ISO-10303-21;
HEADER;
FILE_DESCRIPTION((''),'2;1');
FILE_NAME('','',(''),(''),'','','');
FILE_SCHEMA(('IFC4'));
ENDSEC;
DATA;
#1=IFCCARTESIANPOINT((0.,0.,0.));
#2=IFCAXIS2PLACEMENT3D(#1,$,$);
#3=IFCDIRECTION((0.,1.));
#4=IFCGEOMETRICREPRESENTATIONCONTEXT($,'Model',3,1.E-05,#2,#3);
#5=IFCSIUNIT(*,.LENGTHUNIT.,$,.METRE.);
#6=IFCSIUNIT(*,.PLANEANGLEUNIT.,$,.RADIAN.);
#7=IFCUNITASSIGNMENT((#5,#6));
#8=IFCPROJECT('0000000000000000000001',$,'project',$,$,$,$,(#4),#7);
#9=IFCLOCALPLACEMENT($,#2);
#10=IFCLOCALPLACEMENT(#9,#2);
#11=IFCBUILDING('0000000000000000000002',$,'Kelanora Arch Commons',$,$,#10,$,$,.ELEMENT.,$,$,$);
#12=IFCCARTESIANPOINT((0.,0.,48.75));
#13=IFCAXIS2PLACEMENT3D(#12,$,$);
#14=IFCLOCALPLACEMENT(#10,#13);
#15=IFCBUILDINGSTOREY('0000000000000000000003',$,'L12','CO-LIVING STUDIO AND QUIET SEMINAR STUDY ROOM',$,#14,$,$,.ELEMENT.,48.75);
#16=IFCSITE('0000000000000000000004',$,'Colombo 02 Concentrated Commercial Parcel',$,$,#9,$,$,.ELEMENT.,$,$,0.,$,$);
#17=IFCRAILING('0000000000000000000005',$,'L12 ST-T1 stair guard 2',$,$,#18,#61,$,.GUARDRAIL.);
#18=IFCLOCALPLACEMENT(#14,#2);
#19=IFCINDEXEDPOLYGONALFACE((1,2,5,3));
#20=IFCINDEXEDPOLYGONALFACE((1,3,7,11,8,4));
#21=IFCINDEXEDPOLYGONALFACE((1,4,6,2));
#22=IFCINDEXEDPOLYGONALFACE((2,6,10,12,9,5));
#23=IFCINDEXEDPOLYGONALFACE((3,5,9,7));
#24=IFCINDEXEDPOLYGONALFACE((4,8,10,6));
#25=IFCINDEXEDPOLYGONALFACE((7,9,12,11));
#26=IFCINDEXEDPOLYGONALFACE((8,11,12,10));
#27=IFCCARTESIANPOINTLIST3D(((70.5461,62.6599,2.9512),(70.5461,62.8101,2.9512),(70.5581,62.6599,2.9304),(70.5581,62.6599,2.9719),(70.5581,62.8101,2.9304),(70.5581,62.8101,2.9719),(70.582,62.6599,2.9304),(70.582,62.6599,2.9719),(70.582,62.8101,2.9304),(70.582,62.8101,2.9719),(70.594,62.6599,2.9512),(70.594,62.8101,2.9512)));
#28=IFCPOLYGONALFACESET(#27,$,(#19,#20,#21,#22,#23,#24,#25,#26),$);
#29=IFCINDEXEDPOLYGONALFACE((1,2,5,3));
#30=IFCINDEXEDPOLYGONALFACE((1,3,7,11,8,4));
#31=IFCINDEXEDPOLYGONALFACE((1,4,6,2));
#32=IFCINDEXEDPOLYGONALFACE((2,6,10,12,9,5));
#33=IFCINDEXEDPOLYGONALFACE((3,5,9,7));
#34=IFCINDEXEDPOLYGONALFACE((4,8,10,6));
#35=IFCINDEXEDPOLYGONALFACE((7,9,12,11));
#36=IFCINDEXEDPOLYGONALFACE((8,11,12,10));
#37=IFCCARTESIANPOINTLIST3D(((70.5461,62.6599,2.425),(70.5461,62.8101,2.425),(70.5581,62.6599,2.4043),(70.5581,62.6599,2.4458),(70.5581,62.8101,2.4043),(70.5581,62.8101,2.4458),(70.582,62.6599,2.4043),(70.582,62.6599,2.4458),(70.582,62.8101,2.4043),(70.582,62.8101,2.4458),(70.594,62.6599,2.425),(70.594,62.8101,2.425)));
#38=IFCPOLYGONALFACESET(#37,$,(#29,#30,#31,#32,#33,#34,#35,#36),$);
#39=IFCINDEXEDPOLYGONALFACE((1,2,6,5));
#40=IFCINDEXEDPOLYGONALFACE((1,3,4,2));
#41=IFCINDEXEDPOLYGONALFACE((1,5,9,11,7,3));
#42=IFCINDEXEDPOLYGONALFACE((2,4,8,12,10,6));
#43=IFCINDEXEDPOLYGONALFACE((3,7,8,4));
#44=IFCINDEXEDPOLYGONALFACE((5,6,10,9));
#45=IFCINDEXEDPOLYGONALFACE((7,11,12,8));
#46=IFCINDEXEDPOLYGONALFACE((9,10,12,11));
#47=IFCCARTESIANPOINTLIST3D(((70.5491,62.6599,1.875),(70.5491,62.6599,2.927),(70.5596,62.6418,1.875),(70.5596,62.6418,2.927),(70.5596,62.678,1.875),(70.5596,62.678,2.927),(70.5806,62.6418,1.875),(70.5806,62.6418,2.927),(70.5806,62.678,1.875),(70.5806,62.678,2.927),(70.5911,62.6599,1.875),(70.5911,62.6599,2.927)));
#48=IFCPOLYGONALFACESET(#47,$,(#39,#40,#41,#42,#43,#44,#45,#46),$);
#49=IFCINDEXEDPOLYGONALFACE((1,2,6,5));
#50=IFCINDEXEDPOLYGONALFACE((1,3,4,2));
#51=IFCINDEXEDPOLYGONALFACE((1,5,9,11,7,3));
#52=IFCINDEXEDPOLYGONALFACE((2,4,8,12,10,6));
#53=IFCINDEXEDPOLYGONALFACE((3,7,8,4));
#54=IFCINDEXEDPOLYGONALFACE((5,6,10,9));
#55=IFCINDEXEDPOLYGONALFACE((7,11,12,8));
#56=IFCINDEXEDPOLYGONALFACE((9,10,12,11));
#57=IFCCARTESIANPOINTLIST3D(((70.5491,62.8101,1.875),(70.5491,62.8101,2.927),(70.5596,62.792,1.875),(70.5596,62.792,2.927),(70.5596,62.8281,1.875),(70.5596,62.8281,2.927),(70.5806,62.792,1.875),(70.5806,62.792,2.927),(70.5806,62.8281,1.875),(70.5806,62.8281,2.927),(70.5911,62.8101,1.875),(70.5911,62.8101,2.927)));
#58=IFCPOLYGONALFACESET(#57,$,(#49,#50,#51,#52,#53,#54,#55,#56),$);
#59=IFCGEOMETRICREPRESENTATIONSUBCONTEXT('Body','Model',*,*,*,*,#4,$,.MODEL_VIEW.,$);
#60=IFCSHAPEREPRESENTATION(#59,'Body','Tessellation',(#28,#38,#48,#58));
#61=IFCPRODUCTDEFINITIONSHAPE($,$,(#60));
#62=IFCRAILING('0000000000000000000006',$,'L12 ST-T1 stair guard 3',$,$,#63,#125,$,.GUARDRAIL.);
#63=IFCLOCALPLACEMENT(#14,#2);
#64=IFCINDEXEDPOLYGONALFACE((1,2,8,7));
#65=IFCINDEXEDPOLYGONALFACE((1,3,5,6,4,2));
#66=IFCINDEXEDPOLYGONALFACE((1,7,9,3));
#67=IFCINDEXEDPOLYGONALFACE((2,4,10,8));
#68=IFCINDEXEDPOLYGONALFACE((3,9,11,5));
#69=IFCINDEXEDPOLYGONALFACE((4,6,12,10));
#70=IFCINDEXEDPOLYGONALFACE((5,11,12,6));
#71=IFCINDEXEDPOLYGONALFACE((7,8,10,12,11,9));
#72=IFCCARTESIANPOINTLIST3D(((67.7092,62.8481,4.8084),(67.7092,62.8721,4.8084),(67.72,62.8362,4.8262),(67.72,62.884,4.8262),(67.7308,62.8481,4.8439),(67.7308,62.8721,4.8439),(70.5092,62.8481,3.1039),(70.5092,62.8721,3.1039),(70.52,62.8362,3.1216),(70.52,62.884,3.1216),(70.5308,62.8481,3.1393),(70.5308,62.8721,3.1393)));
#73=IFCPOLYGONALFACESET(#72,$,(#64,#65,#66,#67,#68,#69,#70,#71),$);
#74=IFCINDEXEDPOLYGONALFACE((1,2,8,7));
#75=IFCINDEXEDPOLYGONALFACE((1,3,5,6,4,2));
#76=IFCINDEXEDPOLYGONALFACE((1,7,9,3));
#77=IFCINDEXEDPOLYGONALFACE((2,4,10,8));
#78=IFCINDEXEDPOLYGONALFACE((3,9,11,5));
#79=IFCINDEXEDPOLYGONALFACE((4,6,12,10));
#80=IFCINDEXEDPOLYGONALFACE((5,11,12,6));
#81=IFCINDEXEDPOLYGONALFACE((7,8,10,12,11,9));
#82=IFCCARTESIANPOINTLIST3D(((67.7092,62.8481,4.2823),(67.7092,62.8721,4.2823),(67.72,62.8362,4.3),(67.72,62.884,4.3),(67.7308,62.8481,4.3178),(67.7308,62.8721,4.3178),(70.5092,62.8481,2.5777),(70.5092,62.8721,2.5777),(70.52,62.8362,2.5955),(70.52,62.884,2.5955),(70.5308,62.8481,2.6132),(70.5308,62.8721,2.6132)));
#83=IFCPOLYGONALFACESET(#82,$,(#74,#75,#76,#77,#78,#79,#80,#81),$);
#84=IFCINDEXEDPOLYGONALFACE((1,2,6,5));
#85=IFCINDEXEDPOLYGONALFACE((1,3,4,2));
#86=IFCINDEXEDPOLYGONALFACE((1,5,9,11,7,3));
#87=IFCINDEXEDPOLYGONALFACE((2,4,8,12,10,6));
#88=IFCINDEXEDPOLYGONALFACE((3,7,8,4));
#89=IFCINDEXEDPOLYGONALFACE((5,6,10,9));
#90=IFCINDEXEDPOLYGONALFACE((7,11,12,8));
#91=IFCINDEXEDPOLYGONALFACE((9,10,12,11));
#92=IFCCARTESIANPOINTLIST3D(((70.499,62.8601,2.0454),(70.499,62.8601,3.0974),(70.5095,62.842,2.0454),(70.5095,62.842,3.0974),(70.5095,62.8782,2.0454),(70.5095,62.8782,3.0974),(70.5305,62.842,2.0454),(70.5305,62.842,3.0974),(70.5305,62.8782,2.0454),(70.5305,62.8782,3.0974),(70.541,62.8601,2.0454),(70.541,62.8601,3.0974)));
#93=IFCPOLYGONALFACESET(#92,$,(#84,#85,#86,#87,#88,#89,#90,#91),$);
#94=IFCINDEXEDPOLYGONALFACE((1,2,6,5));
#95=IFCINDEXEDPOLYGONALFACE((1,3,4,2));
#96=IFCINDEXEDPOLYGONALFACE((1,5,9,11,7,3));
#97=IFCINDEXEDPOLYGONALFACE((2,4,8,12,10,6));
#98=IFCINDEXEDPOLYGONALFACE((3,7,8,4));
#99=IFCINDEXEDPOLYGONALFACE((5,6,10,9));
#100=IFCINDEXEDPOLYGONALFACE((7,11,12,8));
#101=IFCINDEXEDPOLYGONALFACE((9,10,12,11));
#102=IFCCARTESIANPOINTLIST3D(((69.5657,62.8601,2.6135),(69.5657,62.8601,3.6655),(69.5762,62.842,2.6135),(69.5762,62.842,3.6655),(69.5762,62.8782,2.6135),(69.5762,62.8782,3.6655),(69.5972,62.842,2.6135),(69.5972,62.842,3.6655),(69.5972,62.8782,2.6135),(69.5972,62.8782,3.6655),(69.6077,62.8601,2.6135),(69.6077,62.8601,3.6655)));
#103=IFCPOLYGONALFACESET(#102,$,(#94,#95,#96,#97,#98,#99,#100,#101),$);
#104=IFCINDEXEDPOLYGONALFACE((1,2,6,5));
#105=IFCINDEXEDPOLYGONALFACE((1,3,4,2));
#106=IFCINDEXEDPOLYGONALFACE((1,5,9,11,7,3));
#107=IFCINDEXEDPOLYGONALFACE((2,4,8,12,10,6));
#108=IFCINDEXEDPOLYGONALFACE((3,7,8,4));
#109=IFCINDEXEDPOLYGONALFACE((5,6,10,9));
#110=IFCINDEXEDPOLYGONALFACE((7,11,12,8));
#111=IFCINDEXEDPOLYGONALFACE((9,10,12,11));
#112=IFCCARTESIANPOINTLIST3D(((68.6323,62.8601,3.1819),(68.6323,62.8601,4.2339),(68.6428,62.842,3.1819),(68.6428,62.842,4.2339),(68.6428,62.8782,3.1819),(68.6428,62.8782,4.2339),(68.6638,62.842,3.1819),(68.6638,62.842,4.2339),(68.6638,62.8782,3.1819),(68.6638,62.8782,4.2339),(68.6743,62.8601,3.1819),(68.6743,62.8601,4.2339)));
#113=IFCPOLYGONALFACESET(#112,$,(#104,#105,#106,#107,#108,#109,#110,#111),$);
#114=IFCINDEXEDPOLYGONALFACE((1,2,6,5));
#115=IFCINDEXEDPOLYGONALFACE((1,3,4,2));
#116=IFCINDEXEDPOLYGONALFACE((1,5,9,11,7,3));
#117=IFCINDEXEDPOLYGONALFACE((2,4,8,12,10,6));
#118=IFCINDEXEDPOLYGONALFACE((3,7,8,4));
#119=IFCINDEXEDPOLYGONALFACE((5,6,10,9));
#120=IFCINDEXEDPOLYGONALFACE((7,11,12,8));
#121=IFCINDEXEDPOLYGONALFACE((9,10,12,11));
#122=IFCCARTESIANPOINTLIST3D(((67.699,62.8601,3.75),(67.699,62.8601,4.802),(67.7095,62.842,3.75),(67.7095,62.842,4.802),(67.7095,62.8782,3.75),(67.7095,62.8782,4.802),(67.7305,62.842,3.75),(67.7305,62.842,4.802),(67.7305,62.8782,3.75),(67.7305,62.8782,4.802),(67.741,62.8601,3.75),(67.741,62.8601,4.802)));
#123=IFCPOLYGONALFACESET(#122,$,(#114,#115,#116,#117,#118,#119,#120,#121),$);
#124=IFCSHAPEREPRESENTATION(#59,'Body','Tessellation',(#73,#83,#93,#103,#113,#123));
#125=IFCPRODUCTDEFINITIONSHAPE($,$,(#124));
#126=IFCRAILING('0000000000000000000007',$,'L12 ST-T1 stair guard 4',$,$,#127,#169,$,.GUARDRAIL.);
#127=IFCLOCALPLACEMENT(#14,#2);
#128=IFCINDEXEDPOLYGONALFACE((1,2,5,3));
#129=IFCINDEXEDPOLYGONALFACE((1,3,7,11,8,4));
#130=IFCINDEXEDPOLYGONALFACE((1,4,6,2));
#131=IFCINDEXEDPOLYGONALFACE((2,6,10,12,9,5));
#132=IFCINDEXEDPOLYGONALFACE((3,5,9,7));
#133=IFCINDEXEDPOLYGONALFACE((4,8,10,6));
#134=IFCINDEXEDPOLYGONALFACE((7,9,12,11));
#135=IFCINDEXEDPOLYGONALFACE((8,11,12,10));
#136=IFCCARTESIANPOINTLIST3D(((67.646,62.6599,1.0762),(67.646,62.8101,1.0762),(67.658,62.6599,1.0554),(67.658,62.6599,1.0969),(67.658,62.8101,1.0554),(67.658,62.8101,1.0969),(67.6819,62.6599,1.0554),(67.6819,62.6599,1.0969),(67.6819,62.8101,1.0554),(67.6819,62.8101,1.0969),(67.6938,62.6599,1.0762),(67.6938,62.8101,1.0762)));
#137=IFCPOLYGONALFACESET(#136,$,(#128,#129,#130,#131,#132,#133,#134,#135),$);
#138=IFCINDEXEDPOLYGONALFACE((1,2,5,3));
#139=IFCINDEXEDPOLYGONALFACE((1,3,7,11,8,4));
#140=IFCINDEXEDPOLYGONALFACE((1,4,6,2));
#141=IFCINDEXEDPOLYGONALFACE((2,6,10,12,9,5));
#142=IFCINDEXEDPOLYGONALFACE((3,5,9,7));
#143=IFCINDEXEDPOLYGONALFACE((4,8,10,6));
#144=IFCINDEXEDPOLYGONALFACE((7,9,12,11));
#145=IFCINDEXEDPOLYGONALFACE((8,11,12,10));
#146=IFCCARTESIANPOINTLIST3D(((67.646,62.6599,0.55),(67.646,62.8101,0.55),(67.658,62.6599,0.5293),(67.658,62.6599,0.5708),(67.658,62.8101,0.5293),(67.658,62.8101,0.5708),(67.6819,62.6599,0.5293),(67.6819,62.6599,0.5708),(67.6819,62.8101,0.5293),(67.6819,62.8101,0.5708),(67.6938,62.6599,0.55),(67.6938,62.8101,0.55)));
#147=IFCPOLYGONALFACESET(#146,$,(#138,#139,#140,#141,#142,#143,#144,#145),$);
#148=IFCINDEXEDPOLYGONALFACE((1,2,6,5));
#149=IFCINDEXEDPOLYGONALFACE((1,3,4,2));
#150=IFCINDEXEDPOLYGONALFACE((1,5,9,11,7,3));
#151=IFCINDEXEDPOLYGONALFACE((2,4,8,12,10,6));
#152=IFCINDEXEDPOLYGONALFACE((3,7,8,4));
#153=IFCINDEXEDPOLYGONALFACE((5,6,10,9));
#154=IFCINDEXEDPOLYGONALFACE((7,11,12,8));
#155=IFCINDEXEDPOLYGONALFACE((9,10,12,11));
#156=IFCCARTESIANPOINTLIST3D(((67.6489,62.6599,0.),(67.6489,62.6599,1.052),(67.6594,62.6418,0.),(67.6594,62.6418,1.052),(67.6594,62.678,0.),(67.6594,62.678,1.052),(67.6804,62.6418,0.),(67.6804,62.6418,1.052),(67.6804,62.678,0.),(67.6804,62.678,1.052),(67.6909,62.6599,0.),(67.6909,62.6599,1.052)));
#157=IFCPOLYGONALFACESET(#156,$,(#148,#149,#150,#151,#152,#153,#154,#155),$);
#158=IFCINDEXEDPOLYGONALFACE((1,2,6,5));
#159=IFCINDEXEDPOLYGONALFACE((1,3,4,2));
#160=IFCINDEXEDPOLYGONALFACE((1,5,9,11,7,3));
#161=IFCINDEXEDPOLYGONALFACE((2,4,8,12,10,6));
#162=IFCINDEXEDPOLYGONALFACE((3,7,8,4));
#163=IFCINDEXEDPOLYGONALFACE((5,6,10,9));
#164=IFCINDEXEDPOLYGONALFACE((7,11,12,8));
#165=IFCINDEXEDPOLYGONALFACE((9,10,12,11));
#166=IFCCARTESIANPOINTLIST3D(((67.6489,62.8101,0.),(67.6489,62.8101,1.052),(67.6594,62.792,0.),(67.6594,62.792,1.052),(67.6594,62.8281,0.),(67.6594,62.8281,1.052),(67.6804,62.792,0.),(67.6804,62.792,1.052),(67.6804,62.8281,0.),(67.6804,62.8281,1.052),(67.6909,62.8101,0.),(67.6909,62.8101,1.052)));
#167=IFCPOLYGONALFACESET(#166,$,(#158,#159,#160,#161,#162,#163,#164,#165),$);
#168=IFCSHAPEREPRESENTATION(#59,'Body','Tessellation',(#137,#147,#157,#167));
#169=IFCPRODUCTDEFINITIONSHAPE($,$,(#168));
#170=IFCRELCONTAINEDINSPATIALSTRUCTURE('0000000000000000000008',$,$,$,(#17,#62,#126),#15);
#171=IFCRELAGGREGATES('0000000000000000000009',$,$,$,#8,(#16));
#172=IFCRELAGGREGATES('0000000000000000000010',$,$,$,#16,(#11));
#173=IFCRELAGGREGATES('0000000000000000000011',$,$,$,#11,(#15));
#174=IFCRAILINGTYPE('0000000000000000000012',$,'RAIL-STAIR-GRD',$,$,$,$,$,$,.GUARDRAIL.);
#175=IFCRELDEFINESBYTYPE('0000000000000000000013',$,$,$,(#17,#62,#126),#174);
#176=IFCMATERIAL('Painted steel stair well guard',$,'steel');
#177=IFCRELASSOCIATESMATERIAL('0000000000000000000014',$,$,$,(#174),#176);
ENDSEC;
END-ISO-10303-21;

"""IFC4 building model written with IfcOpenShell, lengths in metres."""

from ifc_helpers import new_model, si_unit, direction, frame, origin, place, context, subcontext, project, spatial, polyline, outline, extrude, material, type_object, element, save


model = new_model("IFC4")

# Units and contexts
model_context = context("Model", 3, precision=1e-05, world=origin(), true_north=direction((0.0, 1.0)))
body_context = subcontext(model_context, "Body", "Model", "MODEL_VIEW")
ifc_project = project(units=[si_unit("LENGTHUNIT", "METRE"), si_unit("PLANEANGLEUNIT", "RADIAN")], contexts=[model_context])

# Site, building, storey
site_placement = place(None, origin())
site = spatial("IfcSite", under=ifc_project, at=site_placement, Name="Colombo 02 Concentrated Commercial Parcel", CompositionType="ELEMENT", RefElevation=0.0)
building_placement = place(site_placement, origin())
building = spatial("IfcBuilding", under=site, at=building_placement, Name="Kelanora Arch Commons", CompositionType="ELEMENT")
storey_placement = place(building_placement, frame((0.0, 0.0, 48.75)))
storey = spatial("IfcBuildingStorey", under=building, at=storey_placement, Name="L12", Description="CO-LIVING STUDIO AND QUIET SEMINAR STUDY ROOM", CompositionType="ELEMENT", Elevation=48.75)

# Railings
ifc_material_1 = material(Name="Painted steel stair well guard", Category="steel")
railing_type_1 = type_object("IfcRailingType", Name="RAIL-STAIR-GRD", PredefinedType="GUARDRAIL", material=ifc_material_1)
railing_1_placement = place(storey_placement, frame((70.5701, 62.6599, 1.875)))
element("IfcRailing", 1, at=railing_1_placement, inside=storey, type_object=railing_type_1, Name="L12 ST-T1 stair guard 2", PredefinedType="GUARDRAIL", context=body_context, shape_type="SweptSolid", body=[
    extrude(outline(polyline([(0.0239, 0.0), (0.012, 0.0208), (-0.012, 0.0208), (-0.0239, 0.0), (-0.012, -0.0208), (0.012, -0.0208), (0.0239, 0.0)])), frame((0.0, 0.0, 1.0762), z_axis=(0.0, 1.0, 0.0), x_axis=(-1.0, 0.0, 0.0)), (0.0, 0.0, 1.0), 0.1501),
    extrude(outline(polyline([(0.0239, 0.0), (0.012, 0.0208), (-0.012, 0.0208), (-0.0239, 0.0), (-0.012, -0.0208), (0.012, -0.0208), (0.0239, 0.0)])), frame((0.0, 0.0, 0.55), z_axis=(0.0, 1.0, 0.0), x_axis=(-1.0, 0.0, 0.0)), (0.0, 0.0, 1.0), 0.1501),
    extrude(outline(polyline([(0.021, 0.0), (0.0105, 0.0181), (-0.0105, 0.0181), (-0.021, 0.0), (-0.0105, -0.0181), (0.0105, -0.0181), (0.021, 0.0)])), origin(), (0.0, 0.0, 1.0), 1.052),
    extrude(outline(polyline([(0.021, 0.0), (0.0105, 0.0181), (-0.0105, 0.0181), (-0.021, 0.0), (-0.0105, -0.0181), (0.0105, -0.0181), (0.021, 0.0)])), frame((0.0, 0.1501, 0.0)), (0.0, 0.0, 1.0), 1.052),
])
railing_2_placement = place(storey_placement, frame((70.52, 62.8601, 2.0454)))
element("IfcRailing", 2, at=railing_2_placement, inside=storey, type_object=railing_type_1, Name="L12 ST-T1 stair guard 3", PredefinedType="GUARDRAIL", context=body_context, shape_type="SweptSolid", body=[
    extrude(outline(polyline([(0.0239, 0.0), (0.012, 0.0208), (-0.012, 0.0208), (-0.0239, 0.0), (-0.012, -0.0208), (0.012, -0.0208), (0.0239, 0.0)])), frame((0.0, 0.0, 1.0762), z_axis=(-0.85417, 0.0, 0.519994), x_axis=(0.0, -1.0, 0.0)), (0.0, 0.0, 1.0), 3.2781),
    extrude(outline(polyline([(0.0239, 0.0), (0.012, 0.0208), (-0.012, 0.0208), (-0.0239, 0.0), (-0.012, -0.0208), (0.012, -0.0208), (0.0239, 0.0)])), frame((0.0, 0.0, 0.55), z_axis=(-0.85417, 0.0, 0.519994), x_axis=(0.0, -1.0, 0.0)), (0.0, 0.0, 1.0), 3.2781),
    extrude(outline(polyline([(0.021, 0.0), (0.0105, 0.0181), (-0.0105, 0.0181), (-0.021, 0.0), (-0.0105, -0.0181), (0.0105, -0.0181), (0.021, 0.0)])), origin(), (0.0, 0.0, 1.0), 1.052),
    extrude(outline(polyline([(0.021, 0.0), (0.0105, 0.0181), (-0.0105, 0.0181), (-0.021, 0.0), (-0.0105, -0.0181), (0.0105, -0.0181), (0.021, 0.0)])), frame((-0.9333, 0.0, 0.5681)), (0.0, 0.0, 1.0), 1.052),
    extrude(outline(polyline([(0.021, 0.0), (0.0105, 0.0181), (-0.0105, 0.0181), (-0.021, 0.0), (-0.0105, -0.0181), (0.0105, -0.0181), (0.021, 0.0)])), frame((-1.8667, 0.0, 1.1365)), (0.0, 0.0, 1.0), 1.052),
    extrude(outline(polyline([(0.021, 0.0), (0.0105, 0.0181), (-0.0105, 0.0181), (-0.021, 0.0), (-0.0105, -0.0181), (0.0105, -0.0181), (0.021, 0.0)])), frame((-2.8, 0.0, 1.7046)), (0.0, 0.0, 1.0), 1.052),
])
railing_3_placement = place(storey_placement, frame((67.6699, 62.6599, 0.0)))
element("IfcRailing", 3, at=railing_3_placement, inside=storey, type_object=railing_type_1, Name="L12 ST-T1 stair guard 4", PredefinedType="GUARDRAIL", context=body_context, shape_type="SweptSolid", body=[
    extrude(outline(polyline([(0.0239, 0.0), (0.012, 0.0208), (-0.012, 0.0208), (-0.0239, 0.0), (-0.012, -0.0208), (0.012, -0.0208), (0.0239, 0.0)])), frame((0.0, 0.0, 1.0762), z_axis=(0.0, 1.0, 0.0), x_axis=(-1.0, 0.0, 0.0)), (0.0, 0.0, 1.0), 0.1501),
    extrude(outline(polyline([(0.0239, 0.0), (0.012, 0.0208), (-0.012, 0.0208), (-0.0239, 0.0), (-0.012, -0.0208), (0.012, -0.0208), (0.0239, 0.0)])), frame((0.0, 0.0, 0.55), z_axis=(0.0, 1.0, 0.0), x_axis=(-1.0, 0.0, 0.0)), (0.0, 0.0, 1.0), 0.1501),
    extrude(outline(polyline([(0.021, 0.0), (0.0105, 0.0181), (-0.0105, 0.0181), (-0.021, 0.0), (-0.0105, -0.0181), (0.0105, -0.0181), (0.021, 0.0)])), origin(), (0.0, 0.0, 1.0), 1.052),
    extrude(outline(polyline([(0.021, 0.0), (0.0105, 0.0181), (-0.0105, 0.0181), (-0.021, 0.0), (-0.0105, -0.0181), (0.0105, -0.0181), (0.021, 0.0)])), frame((0.0, 0.1501, 0.0)), (0.0, 0.0, 1.0), 1.052),
])

save(model, "model.ifc")
